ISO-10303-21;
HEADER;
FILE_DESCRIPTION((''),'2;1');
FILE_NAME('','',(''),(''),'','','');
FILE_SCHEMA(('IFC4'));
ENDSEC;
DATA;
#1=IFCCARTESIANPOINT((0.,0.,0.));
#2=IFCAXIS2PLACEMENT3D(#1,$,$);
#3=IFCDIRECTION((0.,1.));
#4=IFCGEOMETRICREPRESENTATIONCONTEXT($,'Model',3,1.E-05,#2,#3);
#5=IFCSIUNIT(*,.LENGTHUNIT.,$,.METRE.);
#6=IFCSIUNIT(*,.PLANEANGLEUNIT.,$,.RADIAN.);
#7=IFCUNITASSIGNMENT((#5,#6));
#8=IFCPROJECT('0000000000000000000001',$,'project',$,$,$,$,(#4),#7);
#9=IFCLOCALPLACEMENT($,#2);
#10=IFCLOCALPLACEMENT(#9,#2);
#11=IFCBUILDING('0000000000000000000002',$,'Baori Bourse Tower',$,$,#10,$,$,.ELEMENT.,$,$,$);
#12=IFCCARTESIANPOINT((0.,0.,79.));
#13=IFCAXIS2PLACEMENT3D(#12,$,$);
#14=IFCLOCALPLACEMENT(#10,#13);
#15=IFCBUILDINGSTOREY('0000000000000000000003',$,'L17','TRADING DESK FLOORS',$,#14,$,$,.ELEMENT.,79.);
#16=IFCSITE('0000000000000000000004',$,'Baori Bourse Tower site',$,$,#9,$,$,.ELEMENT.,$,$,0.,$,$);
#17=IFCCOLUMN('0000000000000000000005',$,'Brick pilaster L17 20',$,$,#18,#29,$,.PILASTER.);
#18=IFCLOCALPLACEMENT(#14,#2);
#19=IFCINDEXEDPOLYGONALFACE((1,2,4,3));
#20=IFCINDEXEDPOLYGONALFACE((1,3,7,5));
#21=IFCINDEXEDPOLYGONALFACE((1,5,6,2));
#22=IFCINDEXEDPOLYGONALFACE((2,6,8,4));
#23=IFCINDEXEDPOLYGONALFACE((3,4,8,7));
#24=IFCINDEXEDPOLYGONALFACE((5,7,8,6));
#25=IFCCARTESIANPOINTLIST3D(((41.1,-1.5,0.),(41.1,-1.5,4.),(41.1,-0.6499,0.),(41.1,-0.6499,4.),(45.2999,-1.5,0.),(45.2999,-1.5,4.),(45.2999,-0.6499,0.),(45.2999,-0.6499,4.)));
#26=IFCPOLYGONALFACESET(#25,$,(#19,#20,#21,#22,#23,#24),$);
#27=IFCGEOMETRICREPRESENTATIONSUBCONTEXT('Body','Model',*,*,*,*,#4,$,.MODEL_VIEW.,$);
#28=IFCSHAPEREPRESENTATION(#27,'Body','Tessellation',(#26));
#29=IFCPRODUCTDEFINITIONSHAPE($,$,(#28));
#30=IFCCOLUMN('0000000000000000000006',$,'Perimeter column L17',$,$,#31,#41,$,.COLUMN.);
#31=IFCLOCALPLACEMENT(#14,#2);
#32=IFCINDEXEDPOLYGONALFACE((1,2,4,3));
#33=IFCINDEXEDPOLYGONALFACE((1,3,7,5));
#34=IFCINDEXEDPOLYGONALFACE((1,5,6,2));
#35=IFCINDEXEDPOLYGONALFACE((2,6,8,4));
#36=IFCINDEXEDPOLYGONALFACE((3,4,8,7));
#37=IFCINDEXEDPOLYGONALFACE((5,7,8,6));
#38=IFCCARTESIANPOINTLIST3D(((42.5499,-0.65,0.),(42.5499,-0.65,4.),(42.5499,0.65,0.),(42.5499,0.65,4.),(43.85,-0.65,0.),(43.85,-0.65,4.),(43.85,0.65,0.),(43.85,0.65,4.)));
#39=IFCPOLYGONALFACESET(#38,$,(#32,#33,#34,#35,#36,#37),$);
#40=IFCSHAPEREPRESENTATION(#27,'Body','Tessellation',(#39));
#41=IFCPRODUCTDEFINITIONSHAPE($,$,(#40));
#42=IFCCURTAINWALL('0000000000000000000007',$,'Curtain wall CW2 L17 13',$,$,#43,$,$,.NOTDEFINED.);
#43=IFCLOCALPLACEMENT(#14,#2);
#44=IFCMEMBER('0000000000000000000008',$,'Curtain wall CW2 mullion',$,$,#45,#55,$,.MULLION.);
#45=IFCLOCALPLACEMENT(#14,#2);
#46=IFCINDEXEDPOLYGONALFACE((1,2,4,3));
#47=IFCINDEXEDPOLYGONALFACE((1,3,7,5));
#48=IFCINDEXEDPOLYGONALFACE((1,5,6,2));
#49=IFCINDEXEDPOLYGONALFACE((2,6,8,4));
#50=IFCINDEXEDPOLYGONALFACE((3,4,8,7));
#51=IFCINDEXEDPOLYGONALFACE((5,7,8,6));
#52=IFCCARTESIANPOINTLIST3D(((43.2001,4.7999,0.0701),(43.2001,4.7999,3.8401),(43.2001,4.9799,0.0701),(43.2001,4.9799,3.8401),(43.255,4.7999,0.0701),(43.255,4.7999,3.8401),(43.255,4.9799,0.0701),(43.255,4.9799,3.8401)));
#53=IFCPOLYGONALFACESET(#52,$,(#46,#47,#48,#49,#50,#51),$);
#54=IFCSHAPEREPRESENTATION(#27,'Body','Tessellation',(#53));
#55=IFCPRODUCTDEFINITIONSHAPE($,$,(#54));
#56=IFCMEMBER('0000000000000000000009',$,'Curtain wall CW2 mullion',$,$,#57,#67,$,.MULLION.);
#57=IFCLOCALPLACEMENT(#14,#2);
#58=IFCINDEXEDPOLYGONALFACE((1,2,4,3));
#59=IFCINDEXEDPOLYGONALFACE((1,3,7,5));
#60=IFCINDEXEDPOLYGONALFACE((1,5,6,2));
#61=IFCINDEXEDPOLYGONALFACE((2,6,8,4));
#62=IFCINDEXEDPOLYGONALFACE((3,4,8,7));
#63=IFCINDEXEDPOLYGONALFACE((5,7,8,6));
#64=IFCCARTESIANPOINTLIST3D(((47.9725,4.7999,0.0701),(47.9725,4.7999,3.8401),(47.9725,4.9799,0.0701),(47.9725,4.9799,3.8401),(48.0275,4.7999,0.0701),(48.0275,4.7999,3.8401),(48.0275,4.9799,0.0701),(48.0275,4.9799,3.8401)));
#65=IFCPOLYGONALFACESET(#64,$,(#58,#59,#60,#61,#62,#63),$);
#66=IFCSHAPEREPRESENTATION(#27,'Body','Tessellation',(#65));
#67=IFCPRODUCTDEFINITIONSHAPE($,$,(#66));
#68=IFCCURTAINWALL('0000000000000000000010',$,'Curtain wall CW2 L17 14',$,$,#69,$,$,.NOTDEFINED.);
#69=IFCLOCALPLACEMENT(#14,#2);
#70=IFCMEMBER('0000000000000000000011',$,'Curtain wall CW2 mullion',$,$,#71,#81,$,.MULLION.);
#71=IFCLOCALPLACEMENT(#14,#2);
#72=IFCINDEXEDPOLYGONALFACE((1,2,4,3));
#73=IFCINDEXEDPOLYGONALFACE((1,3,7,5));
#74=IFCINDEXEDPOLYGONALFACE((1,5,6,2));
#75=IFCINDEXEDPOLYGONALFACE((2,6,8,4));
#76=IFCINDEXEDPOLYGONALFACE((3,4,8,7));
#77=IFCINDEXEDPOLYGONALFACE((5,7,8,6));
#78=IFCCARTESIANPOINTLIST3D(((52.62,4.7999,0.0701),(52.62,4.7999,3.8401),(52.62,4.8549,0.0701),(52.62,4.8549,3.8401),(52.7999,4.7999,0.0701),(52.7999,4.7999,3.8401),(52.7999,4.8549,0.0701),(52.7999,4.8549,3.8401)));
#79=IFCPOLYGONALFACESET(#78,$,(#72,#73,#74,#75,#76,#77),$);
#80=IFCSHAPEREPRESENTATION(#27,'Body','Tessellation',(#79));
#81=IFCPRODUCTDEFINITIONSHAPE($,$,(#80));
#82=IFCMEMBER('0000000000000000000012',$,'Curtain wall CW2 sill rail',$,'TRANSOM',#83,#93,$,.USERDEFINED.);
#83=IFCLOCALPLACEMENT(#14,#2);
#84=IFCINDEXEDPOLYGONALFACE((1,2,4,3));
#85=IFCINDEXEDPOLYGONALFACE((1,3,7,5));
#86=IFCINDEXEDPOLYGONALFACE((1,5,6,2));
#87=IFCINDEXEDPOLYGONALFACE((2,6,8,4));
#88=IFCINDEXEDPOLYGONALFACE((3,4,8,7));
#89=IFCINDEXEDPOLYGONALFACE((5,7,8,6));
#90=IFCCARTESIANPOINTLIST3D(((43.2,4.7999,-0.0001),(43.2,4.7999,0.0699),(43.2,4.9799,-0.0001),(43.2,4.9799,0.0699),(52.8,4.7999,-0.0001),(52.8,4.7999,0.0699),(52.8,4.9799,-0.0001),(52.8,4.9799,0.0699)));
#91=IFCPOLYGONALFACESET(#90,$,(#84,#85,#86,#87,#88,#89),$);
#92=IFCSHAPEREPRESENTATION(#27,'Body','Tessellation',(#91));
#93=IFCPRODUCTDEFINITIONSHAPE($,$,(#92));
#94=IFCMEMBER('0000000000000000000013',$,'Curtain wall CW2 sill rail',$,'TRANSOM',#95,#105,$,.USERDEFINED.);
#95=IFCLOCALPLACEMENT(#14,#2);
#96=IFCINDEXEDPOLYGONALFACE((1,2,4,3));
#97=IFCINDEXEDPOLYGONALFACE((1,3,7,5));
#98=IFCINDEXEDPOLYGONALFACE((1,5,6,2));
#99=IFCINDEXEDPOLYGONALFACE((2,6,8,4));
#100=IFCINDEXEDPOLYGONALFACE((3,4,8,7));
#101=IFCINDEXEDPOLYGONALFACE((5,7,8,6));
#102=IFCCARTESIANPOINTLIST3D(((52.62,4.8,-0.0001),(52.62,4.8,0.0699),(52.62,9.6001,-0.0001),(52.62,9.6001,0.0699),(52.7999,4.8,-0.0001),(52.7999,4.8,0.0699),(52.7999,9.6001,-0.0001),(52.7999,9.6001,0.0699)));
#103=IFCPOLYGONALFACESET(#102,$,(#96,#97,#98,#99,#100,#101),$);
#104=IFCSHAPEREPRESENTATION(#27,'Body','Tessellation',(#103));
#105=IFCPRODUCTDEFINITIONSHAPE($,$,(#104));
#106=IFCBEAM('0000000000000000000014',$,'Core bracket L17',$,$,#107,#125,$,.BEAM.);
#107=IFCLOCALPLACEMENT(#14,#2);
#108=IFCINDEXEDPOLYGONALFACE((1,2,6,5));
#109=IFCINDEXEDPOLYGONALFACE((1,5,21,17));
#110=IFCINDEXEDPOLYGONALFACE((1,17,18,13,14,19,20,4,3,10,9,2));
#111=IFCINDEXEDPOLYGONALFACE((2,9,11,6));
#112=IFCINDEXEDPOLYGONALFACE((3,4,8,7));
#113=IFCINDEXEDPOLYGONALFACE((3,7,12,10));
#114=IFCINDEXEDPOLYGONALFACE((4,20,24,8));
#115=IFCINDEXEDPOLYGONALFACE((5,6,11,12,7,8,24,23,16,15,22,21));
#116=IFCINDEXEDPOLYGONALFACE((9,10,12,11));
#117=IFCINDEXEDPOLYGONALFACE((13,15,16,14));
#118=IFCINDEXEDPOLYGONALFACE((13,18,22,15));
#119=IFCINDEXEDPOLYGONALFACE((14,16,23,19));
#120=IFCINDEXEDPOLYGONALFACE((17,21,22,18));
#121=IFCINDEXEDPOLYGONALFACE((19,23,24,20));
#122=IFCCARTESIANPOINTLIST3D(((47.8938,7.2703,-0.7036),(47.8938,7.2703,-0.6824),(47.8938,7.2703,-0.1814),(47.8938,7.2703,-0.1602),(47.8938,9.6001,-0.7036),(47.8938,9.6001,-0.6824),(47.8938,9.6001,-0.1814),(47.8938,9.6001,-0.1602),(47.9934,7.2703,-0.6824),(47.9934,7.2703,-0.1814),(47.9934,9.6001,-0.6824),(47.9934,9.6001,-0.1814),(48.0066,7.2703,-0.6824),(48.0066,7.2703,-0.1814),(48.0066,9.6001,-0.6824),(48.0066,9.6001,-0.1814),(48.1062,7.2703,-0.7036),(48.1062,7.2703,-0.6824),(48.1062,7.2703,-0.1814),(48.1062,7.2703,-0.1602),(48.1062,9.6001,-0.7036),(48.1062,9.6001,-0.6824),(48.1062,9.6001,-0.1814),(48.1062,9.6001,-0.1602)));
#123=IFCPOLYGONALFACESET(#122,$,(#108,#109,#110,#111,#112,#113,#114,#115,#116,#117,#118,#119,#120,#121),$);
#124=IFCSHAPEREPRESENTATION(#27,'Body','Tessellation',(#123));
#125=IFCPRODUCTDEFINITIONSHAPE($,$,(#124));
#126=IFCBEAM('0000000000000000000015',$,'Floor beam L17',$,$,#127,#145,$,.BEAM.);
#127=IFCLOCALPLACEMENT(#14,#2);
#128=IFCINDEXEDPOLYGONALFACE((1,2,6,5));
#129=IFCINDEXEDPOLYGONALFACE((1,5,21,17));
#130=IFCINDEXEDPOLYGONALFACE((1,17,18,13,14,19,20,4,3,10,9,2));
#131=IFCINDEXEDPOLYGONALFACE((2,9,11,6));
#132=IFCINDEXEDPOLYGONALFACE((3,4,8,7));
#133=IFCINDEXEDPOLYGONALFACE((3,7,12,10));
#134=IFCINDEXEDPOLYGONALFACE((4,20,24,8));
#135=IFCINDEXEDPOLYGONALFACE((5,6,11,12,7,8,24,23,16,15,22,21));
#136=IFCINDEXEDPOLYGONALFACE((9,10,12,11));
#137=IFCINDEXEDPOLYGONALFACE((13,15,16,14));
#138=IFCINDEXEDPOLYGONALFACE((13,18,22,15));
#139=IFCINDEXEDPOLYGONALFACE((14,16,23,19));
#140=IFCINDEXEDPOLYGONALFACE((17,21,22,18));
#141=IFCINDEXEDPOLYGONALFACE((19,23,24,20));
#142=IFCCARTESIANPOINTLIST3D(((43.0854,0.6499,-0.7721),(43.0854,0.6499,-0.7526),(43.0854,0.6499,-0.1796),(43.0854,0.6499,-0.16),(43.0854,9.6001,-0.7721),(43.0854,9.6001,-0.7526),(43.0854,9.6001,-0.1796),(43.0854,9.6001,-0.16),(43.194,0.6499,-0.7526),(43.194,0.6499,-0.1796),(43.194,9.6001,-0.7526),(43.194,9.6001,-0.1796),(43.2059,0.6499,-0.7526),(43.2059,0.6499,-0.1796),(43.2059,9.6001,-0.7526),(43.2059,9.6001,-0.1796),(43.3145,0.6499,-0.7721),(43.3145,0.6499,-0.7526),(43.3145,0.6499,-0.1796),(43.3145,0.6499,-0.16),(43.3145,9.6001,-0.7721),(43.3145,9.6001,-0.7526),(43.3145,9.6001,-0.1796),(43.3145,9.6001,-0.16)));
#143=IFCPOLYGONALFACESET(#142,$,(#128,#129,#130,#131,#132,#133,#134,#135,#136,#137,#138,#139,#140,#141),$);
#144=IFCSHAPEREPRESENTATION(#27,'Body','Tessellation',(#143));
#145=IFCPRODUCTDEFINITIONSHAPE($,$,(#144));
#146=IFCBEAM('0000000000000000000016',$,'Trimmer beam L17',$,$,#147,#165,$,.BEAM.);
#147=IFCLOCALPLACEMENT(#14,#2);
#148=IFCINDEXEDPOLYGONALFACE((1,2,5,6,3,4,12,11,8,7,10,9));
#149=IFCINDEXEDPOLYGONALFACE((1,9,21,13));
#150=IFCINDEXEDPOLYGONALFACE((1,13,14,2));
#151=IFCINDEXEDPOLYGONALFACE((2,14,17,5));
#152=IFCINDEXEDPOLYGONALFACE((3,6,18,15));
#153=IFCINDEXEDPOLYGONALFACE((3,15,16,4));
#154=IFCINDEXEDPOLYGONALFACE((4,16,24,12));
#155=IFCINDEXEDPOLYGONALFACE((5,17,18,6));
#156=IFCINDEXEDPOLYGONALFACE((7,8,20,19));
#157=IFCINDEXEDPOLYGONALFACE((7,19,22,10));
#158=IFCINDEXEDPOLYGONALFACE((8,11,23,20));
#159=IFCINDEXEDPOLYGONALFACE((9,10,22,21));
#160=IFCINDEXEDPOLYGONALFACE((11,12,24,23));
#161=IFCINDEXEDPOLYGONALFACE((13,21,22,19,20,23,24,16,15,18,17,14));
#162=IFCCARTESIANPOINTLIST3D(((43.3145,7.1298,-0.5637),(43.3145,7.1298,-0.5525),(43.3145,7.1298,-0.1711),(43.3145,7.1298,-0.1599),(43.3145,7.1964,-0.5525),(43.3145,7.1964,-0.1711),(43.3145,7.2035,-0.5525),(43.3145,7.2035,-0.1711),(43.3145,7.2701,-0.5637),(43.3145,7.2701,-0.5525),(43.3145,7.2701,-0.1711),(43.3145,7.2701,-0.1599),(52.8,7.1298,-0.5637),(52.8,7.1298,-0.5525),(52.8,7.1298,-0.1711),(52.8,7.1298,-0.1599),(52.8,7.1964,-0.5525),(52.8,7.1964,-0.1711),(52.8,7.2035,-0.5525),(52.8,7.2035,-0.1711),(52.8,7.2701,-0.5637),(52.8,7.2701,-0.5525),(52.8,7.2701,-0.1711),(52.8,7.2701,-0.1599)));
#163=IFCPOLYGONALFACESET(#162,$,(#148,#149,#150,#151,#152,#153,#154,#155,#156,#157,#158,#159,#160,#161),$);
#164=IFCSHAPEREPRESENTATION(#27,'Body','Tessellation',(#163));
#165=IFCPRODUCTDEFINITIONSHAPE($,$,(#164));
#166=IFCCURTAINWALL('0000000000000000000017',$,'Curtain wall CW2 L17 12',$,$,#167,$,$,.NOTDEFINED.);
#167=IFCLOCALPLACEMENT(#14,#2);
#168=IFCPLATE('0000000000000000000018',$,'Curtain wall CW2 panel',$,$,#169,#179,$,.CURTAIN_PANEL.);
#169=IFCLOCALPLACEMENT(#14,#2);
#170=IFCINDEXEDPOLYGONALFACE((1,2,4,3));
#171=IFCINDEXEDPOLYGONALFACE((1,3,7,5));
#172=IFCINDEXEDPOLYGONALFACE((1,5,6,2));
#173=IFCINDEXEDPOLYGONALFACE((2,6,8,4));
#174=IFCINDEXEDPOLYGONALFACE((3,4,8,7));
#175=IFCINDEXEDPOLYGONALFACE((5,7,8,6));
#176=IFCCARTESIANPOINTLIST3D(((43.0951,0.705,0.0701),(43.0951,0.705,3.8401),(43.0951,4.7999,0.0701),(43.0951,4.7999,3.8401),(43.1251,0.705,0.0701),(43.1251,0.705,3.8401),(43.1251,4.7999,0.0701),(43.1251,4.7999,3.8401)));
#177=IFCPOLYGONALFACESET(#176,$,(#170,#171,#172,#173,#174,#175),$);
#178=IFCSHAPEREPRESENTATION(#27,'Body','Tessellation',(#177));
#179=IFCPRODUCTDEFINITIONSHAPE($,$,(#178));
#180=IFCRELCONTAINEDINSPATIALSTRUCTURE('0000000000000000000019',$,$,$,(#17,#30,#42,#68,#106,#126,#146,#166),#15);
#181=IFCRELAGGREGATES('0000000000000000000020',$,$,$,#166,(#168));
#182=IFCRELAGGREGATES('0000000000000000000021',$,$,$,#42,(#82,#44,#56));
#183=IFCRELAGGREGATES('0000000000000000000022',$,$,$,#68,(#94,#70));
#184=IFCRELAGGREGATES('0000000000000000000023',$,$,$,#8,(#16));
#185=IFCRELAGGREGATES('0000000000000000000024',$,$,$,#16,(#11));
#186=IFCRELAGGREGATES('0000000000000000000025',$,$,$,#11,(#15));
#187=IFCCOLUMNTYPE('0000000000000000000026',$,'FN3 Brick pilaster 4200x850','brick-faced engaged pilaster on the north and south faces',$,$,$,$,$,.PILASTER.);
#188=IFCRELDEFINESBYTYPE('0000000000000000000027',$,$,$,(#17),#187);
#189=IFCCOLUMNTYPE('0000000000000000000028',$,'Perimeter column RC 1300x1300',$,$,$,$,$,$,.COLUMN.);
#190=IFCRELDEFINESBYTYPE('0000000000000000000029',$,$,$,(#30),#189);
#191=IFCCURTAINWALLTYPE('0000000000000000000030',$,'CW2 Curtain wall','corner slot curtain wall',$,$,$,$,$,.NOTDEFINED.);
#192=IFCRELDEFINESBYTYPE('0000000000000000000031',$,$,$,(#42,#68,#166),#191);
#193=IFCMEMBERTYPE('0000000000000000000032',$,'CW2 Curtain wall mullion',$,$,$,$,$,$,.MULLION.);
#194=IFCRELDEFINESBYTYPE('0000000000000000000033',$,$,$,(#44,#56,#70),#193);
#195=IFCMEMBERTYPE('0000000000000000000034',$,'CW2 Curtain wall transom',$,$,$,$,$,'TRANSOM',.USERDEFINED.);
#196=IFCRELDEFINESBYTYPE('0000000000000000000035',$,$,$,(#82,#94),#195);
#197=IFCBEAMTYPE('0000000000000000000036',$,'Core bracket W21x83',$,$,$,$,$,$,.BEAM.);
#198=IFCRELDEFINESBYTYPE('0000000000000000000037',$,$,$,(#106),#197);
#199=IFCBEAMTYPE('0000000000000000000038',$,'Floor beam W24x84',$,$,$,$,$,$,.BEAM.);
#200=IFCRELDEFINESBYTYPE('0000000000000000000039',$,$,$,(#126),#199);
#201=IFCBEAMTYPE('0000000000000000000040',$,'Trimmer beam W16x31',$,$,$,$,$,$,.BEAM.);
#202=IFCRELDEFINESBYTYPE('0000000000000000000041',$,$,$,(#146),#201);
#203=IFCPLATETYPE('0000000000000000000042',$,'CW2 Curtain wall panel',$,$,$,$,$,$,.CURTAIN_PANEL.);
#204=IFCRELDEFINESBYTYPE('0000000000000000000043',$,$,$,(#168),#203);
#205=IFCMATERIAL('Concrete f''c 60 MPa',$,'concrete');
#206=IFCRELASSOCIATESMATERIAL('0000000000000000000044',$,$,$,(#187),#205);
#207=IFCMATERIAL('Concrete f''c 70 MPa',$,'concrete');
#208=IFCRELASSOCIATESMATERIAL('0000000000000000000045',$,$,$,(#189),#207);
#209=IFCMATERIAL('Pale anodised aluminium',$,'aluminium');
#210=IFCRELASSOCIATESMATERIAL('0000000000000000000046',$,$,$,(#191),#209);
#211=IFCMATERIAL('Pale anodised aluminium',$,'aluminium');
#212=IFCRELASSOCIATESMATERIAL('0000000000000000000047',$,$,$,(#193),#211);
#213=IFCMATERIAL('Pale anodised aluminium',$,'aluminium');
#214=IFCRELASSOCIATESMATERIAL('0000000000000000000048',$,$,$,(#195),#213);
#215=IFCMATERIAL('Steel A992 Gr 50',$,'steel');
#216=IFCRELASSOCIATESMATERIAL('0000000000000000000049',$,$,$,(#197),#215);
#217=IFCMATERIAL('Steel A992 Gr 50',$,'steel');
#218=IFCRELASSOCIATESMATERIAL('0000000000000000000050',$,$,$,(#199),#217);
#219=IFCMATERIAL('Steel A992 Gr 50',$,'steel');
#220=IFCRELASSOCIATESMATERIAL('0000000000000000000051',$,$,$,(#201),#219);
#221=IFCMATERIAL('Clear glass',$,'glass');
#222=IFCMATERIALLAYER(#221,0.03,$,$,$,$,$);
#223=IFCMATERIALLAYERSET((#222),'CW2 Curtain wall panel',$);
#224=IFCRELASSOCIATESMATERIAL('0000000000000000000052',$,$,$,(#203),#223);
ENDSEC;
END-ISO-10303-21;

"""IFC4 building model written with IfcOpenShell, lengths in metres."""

from ifc_helpers import new_model, si_unit, direction, frame, origin, origin_2d, place, context, subcontext, project, spatial, rectangle, i_section, extrude, material, layer, layer_set, material_profile, profile_set, type_object, element, aggregate, save


model = new_model("IFC4")

# Units and contexts
model_context = context("Model", 3, precision=1e-05, world=origin(), true_north=direction((0.0, 1.0)))
body_context = subcontext(model_context, "Body", "Model", "MODEL_VIEW")
ifc_project = project(units=[si_unit("LENGTHUNIT", "METRE"), si_unit("PLANEANGLEUNIT", "RADIAN")], contexts=[model_context])

# Site, building, storey
site_placement = place(None, origin())
site = spatial("IfcSite", under=ifc_project, at=site_placement, Name="Baori Bourse Tower site", CompositionType="ELEMENT", RefElevation=0.0)
building_placement = place(site_placement, origin())
building = spatial("IfcBuilding", under=site, at=building_placement, Name="Baori Bourse Tower", CompositionType="ELEMENT")
storey_placement = place(building_placement, frame((0.0, 0.0, 79.0)))
storey = spatial("IfcBuildingStorey", under=building, at=storey_placement, Name="L17", Description="TRADING DESK FLOORS", CompositionType="ELEMENT", Elevation=79.0)

# Columns
ifc_material_1 = material(Name="Concrete f'c 60 MPa", Category="concrete")
ifc_material_profile_1 = material_profile(ifc_material_1, rectangle(XDim=4.2, YDim=0.8501, at=origin_2d()), Name="RC 4200x850")
ifc_profile_set_1 = profile_set([ifc_material_profile_1], Name="Concrete f'c 60 MPa")
column_type_1 = type_object("IfcColumnType", Name="FN3 Brick pilaster 4200x850", Description="brick-faced engaged pilaster on the north and south faces", PredefinedType="PILASTER", material=ifc_profile_set_1)
column_1_placement = place(storey_placement, frame((43.2, -1.075, 0.0), z_axis=(0.0, 0.0, 1.0), x_axis=(1.0, 0.0, 0.0)))
element("IfcColumn", 1, at=column_1_placement, inside=storey, type_object=column_type_1, Name="Brick pilaster L17 20", PredefinedType="PILASTER", context=body_context, shape_type="SweptSolid", body=[
    extrude(rectangle(XDim=4.2, YDim=0.8501, at=origin_2d()), origin(), (0.0, 0.0, 1.0), 4.0),
])
ifc_material_2 = material(Name="Concrete f'c 70 MPa", Category="concrete")
ifc_material_profile_2 = material_profile(ifc_material_2, rectangle(XDim=1.3, YDim=1.3, at=origin_2d()), Name="RC 1300x1300")
ifc_profile_set_2 = profile_set([ifc_material_profile_2], Name="Concrete f'c 70 MPa")
column_type_2 = type_object("IfcColumnType", Name="Perimeter column RC 1300x1300", PredefinedType="COLUMN", material=ifc_profile_set_2)
column_2_placement = place(storey_placement, frame((43.2, 0.0, 0.0), z_axis=(0.0, 0.0, 1.0), x_axis=(1.0, 0.0, 0.0)))
element("IfcColumn", 2, at=column_2_placement, inside=storey, type_object=column_type_2, Name="Perimeter column L17", PredefinedType="COLUMN", context=body_context, shape_type="SweptSolid", body=[
    extrude(rectangle(XDim=1.3, YDim=1.3, at=origin_2d()), origin(), (0.0, 0.0, 1.0), 4.0),
])

# Curtain wall, members
ifc_material_3 = material(Name="Pale anodised aluminium", Category="aluminium")
curtain_wall_type = type_object("IfcCurtainWallType", Name="CW2 Curtain wall", Description="corner slot curtain wall", PredefinedType="NOTDEFINED", material=ifc_material_3)
curtain_wall_1_placement = place(storey_placement, origin())
curtain_wall_1 = element("IfcCurtainWall", 3, at=curtain_wall_1_placement, inside=storey, type_object=curtain_wall_type, Name="Curtain wall CW2 L17 13", PredefinedType="NOTDEFINED")
ifc_material_4 = material(Name="Pale anodised aluminium", Category="aluminium")
ifc_material_profile_3 = material_profile(ifc_material_4, rectangle(XDim=0.1799, YDim=0.0549, at=origin_2d()), Name="Mullion 55x180")
ifc_profile_set_3 = profile_set([ifc_material_profile_3], Name="Pale anodised aluminium")
member_type_1 = type_object("IfcMemberType", Name="CW2 Curtain wall mullion", PredefinedType="MULLION", material=ifc_profile_set_3)
member_1_placement = place(storey_placement, frame((43.2275, 4.8899, 0.0701), z_axis=(0.0, 0.0, 1.0), x_axis=(0.0, 1.0, 0.0)))
member_1 = element("IfcMember", 4, at=member_1_placement, type_object=member_type_1, Name="Curtain wall CW2 mullion", PredefinedType="MULLION", context=body_context, shape_type="SweptSolid", body=[
    extrude(rectangle(XDim=0.1799, YDim=0.0549, at=origin_2d()), origin(), (0.0, 0.0, 1.0), 3.77),
])
member_2_placement = place(storey_placement, frame((48.0, 4.8899, 0.0701), z_axis=(0.0, 0.0, 1.0), x_axis=(0.0, 1.0, 0.0)))
member_2 = element("IfcMember", 5, at=member_2_placement, type_object=member_type_1, Name="Curtain wall CW2 mullion", PredefinedType="MULLION", context=body_context, shape_type="SweptSolid", body=[
    extrude(rectangle(XDim=0.1799, YDim=0.0549, at=origin_2d()), origin(), (0.0, 0.0, 1.0), 3.77),
])

# Curtain wall, member
curtain_wall_2_placement = place(storey_placement, origin())
curtain_wall_2 = element("IfcCurtainWall", 6, at=curtain_wall_2_placement, inside=storey, type_object=curtain_wall_type, Name="Curtain wall CW2 L17 14", PredefinedType="NOTDEFINED")
member_3_placement = place(storey_placement, frame((52.71, 4.8274, 0.0701), z_axis=(0.0, 0.0, 1.0), x_axis=(-1.0, 0.0, 0.0)))
member_3 = element("IfcMember", 7, at=member_3_placement, type_object=member_type_1, Name="Curtain wall CW2 mullion", PredefinedType="MULLION", context=body_context, shape_type="SweptSolid", body=[
    extrude(rectangle(XDim=0.1799, YDim=0.0549, at=origin_2d()), origin(), (0.0, 0.0, 1.0), 3.77),
])

# Members
ifc_material_5 = material(Name="Pale anodised aluminium", Category="aluminium")
ifc_material_profile_4 = material_profile(ifc_material_5, rectangle(XDim=0.1799, YDim=0.0701, at=origin_2d()), Name="Transom 70x180")
ifc_profile_set_4 = profile_set([ifc_material_profile_4], Name="Pale anodised aluminium")
member_type_2 = type_object("IfcMemberType", Name="CW2 Curtain wall transom", ElementType="TRANSOM", PredefinedType="USERDEFINED", material=ifc_profile_set_4)
member_4_placement = place(storey_placement, frame((43.2, 4.8899, 0.0349), z_axis=(1.0, 0.0, 0.0), x_axis=(0.0, 1.0, 0.0)))
member_4 = element("IfcMember", 8, at=member_4_placement, type_object=member_type_2, Name="Curtain wall CW2 sill rail", ObjectType="TRANSOM", PredefinedType="USERDEFINED", context=body_context, shape_type="SweptSolid", body=[
    extrude(rectangle(XDim=0.1799, YDim=0.0701, at=origin_2d()), origin(), (0.0, 0.0, 1.0), 9.6001),
])
member_5_placement = place(storey_placement, frame((52.71, 4.8, 0.0349), z_axis=(0.0, 1.0, 0.0), x_axis=(-1.0, 0.0, 0.0)))
member_5 = element("IfcMember", 9, at=member_5_placement, type_object=member_type_2, Name="Curtain wall CW2 sill rail", ObjectType="TRANSOM", PredefinedType="USERDEFINED", context=body_context, shape_type="SweptSolid", body=[
    extrude(rectangle(XDim=0.1799, YDim=0.0701, at=origin_2d()), origin(), (0.0, 0.0, 1.0), 4.8),
])

# Beams
ifc_material_6 = material(Name="Steel A992 Gr 50", Category="steel")
ifc_material_profile_5 = material_profile(ifc_material_6, i_section(OverallWidth=0.2124, OverallDepth=0.5435, WebThickness=0.0132, FlangeThickness=0.0212, at=origin_2d()), Name="W21x83")
ifc_profile_set_5 = profile_set([ifc_material_profile_5], Name="Steel A992 Gr 50")
beam_type_1 = type_object("IfcBeamType", Name="Core bracket W21x83", PredefinedType="BEAM", material=ifc_profile_set_5)
beam_1_placement = place(storey_placement, frame((48.0, 7.2703, -0.4319), z_axis=(0.0, 1.0, 0.0), x_axis=(-1.0, 0.0, 0.0)))
element("IfcBeam", 10, at=beam_1_placement, inside=storey, type_object=beam_type_1, Name="Core bracket L17", PredefinedType="BEAM", context=body_context, shape_type="SweptSolid", body=[
    extrude(i_section(OverallWidth=0.2124, OverallDepth=0.5435, WebThickness=0.0132, FlangeThickness=0.0212, at=origin_2d()), origin(), (0.0, 0.0, 1.0), 2.3298),
])
ifc_material_7 = material(Name="Steel A992 Gr 50", Category="steel")
ifc_material_profile_6 = material_profile(ifc_material_7, i_section(OverallWidth=0.229, OverallDepth=0.6121, WebThickness=0.012, FlangeThickness=0.0195, at=origin_2d()), Name="W24x84")
ifc_profile_set_6 = profile_set([ifc_material_profile_6], Name="Steel A992 Gr 50")
beam_type_2 = type_object("IfcBeamType", Name="Floor beam W24x84", PredefinedType="BEAM", material=ifc_profile_set_6)
beam_2_placement = place(storey_placement, frame((43.2, 0.6499, -0.4661), z_axis=(0.0, 1.0, 0.0), x_axis=(-1.0, 0.0, 0.0)))
element("IfcBeam", 11, at=beam_2_placement, inside=storey, type_object=beam_type_2, Name="Floor beam L17", PredefinedType="BEAM", context=body_context, shape_type="SweptSolid", body=[
    extrude(i_section(OverallWidth=0.229, OverallDepth=0.6121, WebThickness=0.012, FlangeThickness=0.0195, at=origin_2d()), origin(), (0.0, 0.0, 1.0), 8.9502),
])
ifc_material_8 = material(Name="Steel A992 Gr 50", Category="steel")
ifc_material_profile_7 = material_profile(ifc_material_8, i_section(OverallWidth=0.1404, OverallDepth=0.4038, WebThickness=0.0071, FlangeThickness=0.0112, at=origin_2d()), Name="W16x31")
ifc_profile_set_7 = profile_set([ifc_material_profile_7], Name="Steel A992 Gr 50")
beam_type_3 = type_object("IfcBeamType", Name="Trimmer beam W16x31", PredefinedType="BEAM", material=ifc_profile_set_7)
beam_3_placement = place(storey_placement, frame((43.3145, 7.2, -0.3618), z_axis=(1.0, 0.0, 0.0), x_axis=(0.0, 1.0, 0.0)))
element("IfcBeam", 12, at=beam_3_placement, inside=storey, type_object=beam_type_3, Name="Trimmer beam L17", PredefinedType="BEAM", context=body_context, shape_type="SweptSolid", body=[
    extrude(i_section(OverallWidth=0.1404, OverallDepth=0.4038, WebThickness=0.0071, FlangeThickness=0.0112, at=origin_2d()), origin(), (0.0, 0.0, 1.0), 9.4856),
])

# Curtain wall, plate
curtain_wall_3_placement = place(storey_placement, origin())
curtain_wall_3 = element("IfcCurtainWall", 13, at=curtain_wall_3_placement, inside=storey, type_object=curtain_wall_type, Name="Curtain wall CW2 L17 12", PredefinedType="NOTDEFINED")
ifc_material_9 = material(Name="Clear glass", Category="glass")
ifc_layer_1 = layer(ifc_material_9, 0.03)
ifc_layer_set_1 = layer_set([ifc_layer_1], Name="CW2 Curtain wall panel")
plate_type = type_object("IfcPlateType", Name="CW2 Curtain wall panel", PredefinedType="CURTAIN_PANEL", material=ifc_layer_set_1)
plate_1_placement = place(storey_placement, frame((43.1101, 2.7524, 0.0701), z_axis=(0.0, 0.0, 1.0), x_axis=(0.0, 1.0, 0.0)))
plate_1 = element("IfcPlate", 14, at=plate_1_placement, type_object=plate_type, Name="Curtain wall CW2 panel", PredefinedType="CURTAIN_PANEL", context=body_context, shape_type="SweptSolid", body=[
    extrude(rectangle(XDim=4.095, YDim=0.03, at=origin_2d()), origin(), (0.0, 0.0, 1.0), 3.77),
])
aggregate(curtain_wall_3, [plate_1])

aggregate(curtain_wall_1, [member_4, member_1, member_2])
aggregate(curtain_wall_2, [member_5, member_3])

save(model, "model.ifc")
